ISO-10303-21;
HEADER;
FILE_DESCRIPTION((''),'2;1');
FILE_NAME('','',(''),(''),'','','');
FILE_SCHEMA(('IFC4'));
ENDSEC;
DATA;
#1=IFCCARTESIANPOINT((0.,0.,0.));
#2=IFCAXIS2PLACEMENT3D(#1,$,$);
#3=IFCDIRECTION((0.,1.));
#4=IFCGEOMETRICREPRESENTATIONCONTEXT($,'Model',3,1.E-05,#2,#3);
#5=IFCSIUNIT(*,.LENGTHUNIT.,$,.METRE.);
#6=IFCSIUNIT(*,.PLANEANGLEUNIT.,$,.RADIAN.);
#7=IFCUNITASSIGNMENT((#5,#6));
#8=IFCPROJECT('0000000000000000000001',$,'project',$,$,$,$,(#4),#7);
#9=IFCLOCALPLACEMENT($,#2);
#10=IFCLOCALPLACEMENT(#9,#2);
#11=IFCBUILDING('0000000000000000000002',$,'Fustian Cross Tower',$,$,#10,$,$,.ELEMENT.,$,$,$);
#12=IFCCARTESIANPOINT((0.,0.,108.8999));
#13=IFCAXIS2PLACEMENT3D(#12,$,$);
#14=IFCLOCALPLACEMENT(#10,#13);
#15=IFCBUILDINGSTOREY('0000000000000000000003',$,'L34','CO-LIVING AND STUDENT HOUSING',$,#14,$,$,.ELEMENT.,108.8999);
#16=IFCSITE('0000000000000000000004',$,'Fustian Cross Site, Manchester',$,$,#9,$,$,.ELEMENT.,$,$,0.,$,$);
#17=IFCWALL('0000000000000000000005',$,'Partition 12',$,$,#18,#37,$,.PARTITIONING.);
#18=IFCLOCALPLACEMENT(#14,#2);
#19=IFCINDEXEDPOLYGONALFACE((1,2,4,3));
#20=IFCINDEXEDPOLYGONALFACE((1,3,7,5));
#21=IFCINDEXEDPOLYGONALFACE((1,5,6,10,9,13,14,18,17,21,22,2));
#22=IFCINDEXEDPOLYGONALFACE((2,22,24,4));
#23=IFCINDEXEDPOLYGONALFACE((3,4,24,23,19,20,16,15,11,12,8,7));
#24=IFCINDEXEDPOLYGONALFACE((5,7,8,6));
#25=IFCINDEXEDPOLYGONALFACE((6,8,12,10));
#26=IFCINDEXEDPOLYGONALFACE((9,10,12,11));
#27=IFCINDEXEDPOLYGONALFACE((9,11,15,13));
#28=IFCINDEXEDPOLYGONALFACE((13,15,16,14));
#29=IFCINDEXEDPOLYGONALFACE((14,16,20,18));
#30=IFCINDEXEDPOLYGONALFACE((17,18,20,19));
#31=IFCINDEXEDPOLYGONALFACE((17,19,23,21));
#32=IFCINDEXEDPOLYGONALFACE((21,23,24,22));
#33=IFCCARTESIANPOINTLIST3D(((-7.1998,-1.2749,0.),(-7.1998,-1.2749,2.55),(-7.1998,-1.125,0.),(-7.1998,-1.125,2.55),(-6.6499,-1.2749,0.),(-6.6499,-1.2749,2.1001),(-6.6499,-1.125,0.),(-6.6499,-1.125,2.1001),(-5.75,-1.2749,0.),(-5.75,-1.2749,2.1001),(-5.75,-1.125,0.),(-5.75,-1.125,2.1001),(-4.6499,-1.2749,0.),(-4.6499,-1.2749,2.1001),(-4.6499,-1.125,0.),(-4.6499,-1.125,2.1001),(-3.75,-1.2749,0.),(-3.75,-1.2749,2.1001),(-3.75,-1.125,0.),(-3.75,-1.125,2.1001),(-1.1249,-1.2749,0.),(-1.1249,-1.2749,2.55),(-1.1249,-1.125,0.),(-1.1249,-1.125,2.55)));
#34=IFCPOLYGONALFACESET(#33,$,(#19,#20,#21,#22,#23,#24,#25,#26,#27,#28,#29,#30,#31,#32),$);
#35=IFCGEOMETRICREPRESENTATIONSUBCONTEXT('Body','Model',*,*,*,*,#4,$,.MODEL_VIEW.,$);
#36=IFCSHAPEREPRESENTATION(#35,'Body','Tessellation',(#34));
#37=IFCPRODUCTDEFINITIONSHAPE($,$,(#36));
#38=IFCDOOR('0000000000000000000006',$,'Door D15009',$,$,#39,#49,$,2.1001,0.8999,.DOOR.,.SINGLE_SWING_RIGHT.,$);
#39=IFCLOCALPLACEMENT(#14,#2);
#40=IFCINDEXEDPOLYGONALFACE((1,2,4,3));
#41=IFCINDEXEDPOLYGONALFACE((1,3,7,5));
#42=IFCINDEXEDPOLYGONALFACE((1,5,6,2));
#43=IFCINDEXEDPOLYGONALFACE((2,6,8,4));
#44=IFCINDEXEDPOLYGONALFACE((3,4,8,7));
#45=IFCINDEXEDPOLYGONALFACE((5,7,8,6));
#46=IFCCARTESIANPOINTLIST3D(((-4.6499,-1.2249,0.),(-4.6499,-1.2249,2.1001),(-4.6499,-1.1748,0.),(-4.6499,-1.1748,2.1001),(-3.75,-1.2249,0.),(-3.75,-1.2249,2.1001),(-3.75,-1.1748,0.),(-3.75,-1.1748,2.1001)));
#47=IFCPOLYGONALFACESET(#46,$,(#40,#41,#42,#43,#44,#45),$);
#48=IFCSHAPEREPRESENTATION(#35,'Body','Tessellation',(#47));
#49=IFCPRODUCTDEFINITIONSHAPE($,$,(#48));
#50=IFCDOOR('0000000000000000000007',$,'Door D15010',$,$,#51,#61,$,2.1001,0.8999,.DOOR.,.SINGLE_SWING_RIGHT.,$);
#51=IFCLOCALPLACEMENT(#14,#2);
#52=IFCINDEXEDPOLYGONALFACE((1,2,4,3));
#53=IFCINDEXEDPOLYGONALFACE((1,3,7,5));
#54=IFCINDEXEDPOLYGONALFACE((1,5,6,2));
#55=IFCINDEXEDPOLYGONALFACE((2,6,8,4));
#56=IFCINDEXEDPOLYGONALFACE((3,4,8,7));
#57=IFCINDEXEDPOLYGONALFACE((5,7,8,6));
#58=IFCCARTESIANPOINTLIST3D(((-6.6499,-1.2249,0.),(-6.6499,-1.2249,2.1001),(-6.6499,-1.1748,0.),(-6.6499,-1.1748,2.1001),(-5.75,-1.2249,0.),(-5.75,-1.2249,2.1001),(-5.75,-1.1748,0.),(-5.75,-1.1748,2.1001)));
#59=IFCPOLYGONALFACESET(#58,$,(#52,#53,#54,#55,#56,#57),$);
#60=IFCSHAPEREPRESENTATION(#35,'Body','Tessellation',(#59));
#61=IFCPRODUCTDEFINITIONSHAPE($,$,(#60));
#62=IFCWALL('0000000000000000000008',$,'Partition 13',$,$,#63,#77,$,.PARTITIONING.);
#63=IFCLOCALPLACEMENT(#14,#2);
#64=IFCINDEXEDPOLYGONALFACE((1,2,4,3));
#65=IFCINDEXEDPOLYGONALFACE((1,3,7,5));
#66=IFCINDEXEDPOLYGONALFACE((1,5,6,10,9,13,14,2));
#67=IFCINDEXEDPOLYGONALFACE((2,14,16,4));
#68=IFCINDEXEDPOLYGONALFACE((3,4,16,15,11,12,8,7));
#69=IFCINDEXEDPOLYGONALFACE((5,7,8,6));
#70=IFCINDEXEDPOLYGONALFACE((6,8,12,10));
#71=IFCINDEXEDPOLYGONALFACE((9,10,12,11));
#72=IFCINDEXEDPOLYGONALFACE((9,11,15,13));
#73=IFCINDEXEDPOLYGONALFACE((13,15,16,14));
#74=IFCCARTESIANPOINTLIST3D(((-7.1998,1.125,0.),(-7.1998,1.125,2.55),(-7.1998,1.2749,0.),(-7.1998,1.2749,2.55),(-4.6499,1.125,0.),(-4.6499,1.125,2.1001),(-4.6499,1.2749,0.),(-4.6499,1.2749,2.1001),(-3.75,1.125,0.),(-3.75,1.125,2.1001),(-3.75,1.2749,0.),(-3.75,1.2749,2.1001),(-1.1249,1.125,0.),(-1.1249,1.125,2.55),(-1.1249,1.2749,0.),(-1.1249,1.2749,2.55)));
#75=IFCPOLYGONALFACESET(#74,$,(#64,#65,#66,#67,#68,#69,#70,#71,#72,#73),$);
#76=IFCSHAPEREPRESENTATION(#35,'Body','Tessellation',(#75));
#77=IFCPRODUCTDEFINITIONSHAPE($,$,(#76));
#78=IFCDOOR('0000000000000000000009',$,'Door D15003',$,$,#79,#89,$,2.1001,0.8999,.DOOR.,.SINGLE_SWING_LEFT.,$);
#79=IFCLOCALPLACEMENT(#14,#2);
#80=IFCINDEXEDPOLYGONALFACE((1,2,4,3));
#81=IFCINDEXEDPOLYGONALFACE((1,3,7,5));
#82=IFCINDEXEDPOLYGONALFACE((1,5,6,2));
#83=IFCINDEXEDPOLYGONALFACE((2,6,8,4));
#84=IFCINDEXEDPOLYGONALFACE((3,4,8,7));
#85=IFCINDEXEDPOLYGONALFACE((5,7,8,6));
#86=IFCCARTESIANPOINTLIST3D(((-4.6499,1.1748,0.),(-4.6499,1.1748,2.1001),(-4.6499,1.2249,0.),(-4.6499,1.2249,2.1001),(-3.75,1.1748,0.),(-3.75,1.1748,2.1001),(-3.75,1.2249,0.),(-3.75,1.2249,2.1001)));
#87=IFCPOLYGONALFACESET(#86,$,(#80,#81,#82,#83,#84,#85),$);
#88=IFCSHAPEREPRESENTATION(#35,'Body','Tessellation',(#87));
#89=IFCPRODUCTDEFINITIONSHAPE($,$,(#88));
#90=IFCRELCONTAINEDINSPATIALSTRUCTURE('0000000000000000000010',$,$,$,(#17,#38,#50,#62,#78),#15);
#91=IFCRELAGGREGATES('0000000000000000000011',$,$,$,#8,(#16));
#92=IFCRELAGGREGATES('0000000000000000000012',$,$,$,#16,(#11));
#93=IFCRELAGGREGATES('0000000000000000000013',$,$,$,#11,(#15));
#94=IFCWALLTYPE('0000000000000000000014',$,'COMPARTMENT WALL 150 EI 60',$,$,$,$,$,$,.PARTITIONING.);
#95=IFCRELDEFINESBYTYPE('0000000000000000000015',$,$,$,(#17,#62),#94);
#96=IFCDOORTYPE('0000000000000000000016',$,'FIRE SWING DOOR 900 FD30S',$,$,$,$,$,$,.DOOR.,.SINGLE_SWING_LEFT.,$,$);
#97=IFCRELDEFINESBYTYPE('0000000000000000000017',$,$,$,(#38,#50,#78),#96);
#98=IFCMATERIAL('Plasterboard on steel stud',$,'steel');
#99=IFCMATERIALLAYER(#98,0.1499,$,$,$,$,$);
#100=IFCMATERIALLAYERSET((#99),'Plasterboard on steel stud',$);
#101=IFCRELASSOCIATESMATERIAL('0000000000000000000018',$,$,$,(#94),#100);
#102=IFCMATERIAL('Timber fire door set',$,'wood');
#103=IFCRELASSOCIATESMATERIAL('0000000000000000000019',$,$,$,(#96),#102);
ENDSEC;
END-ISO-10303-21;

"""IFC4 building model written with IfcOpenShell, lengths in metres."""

from ifc_helpers import new_model, si_unit, direction, frame, frame_2d, origin, place, context, subcontext, project, spatial, rectangle, extrude, material, layer, layer_set, type_object, element, fill, save


model = new_model("IFC4")

# Units and contexts
model_context = context("Model", 3, precision=1e-05, world=origin(), true_north=direction((0.0, 1.0)))
body_context = subcontext(model_context, "Body", "Model", "MODEL_VIEW")
ifc_project = project(units=[si_unit("LENGTHUNIT", "METRE"), si_unit("PLANEANGLEUNIT", "RADIAN")], contexts=[model_context])

# Site, building, storey
site_placement = place(None, origin())
site = spatial("IfcSite", under=ifc_project, at=site_placement, Name="Fustian Cross Site, Manchester", CompositionType="ELEMENT", RefElevation=0.0)
building_placement = place(site_placement, origin())
building = spatial("IfcBuilding", under=site, at=building_placement, Name="Fustian Cross Tower", CompositionType="ELEMENT")
storey_placement = place(building_placement, frame((0.0, 0.0, 108.8999)))
storey = spatial("IfcBuildingStorey", under=building, at=storey_placement, Name="L34", Description="CO-LIVING AND STUDENT HOUSING", CompositionType="ELEMENT", Elevation=108.8999)

# Wall, openings, doors
ifc_material_1 = material(Name="Plasterboard on steel stud", Category="steel")
ifc_layer_1 = layer(ifc_material_1, 0.1499)
ifc_layer_set_1 = layer_set([ifc_layer_1], Name="Plasterboard on steel stud")
wall_type_1 = type_object("IfcWallType", Name="COMPARTMENT WALL 150 EI 60", PredefinedType="PARTITIONING", material=ifc_layer_set_1)
wall_1_placement = place(storey_placement, frame((-7.2, -1.2, 0.0), z_axis=(0.0, 0.0, 1.0), x_axis=(1.0, 0.0, 0.0)))
wall_1 = element("IfcWall", 1, at=wall_1_placement, inside=storey, type_object=wall_type_1, Name="Partition 12", PredefinedType="PARTITIONING", context=body_context, shape_type="SweptSolid", body=[
    extrude(rectangle(XDim=6.075, YDim=0.1499, at=frame_2d((3.0376, 0.0))), origin(), (0.0, 0.0, 1.0), 2.55),
])
opening_1_placement = place(wall_1_placement, frame((2.55, 0.0, 0.0)))
opening_1 = element("IfcOpeningElement", 2, at=opening_1_placement, cuts=wall_1, PredefinedType="OPENING", context=body_context, shape_type="SweptSolid", body=[
    extrude(rectangle(XDim=0.8999, YDim=2.1001, at=frame_2d((0.45, 1.05))), frame((0.0, 0.085, 0.0), z_axis=(0.0, -1.0, 0.0), x_axis=(1.0, 0.0, 0.0)), (0.0, 0.0, 1.0), 0.1699),
])
opening_2_placement = place(wall_1_placement, frame((0.55, 0.0, 0.0)))
opening_2 = element("IfcOpeningElement", 3, at=opening_2_placement, cuts=wall_1, PredefinedType="OPENING", context=body_context, shape_type="SweptSolid", body=[
    extrude(rectangle(XDim=0.8999, YDim=2.1001, at=frame_2d((0.45, 1.05))), frame((0.0, 0.085, 0.0), z_axis=(0.0, -1.0, 0.0), x_axis=(1.0, 0.0, 0.0)), (0.0, 0.0, 1.0), 0.1699),
])
ifc_material_2 = material(Name="Timber fire door set", Category="wood")
door_type_1 = type_object("IfcDoorType", Name="FIRE SWING DOOR 900 FD30S", OperationType="SINGLE_SWING_LEFT", PredefinedType="DOOR", material=ifc_material_2)
door_1_placement = place(opening_1_placement, frame((0.8999, 0.0, 0.0), z_axis=(0.0, 0.0, 1.0), x_axis=(-1.0, 0.0, 0.0)))
door_1 = element("IfcDoor", 4, at=door_1_placement, inside=storey, type_object=door_type_1, Name="Door D15009", OperationType="SINGLE_SWING_RIGHT", OverallHeight=2.1001, OverallWidth=0.8999, PredefinedType="DOOR", context=body_context, shape_type="SweptSolid", body=[
    extrude(rectangle(XDim=0.8999, YDim=2.1001, at=frame_2d((0.45, 1.05))), frame((0.0, 0.0249, 0.0), z_axis=(0.0, -1.0, 0.0), x_axis=(1.0, 0.0, 0.0)), (0.0, 0.0, 1.0), 0.05),
])
fill(opening_1, door_1)
door_2_placement = place(opening_2_placement, frame((0.8999, 0.0, 0.0), z_axis=(0.0, 0.0, 1.0), x_axis=(-1.0, 0.0, 0.0)))
door_2 = element("IfcDoor", 5, at=door_2_placement, inside=storey, type_object=door_type_1, Name="Door D15010", OperationType="SINGLE_SWING_RIGHT", OverallHeight=2.1001, OverallWidth=0.8999, PredefinedType="DOOR", context=body_context, shape_type="SweptSolid", body=[
    extrude(rectangle(XDim=0.8999, YDim=2.1001, at=frame_2d((0.45, 1.05))), frame((0.0, 0.0249, 0.0), z_axis=(0.0, -1.0, 0.0), x_axis=(1.0, 0.0, 0.0)), (0.0, 0.0, 1.0), 0.05),
])
fill(opening_2, door_2)

# Wall, opening, door
wall_2_placement = place(storey_placement, frame((-7.2, 1.2, 0.0), z_axis=(0.0, 0.0, 1.0), x_axis=(1.0, 0.0, 0.0)))
wall_2 = element("IfcWall", 6, at=wall_2_placement, inside=storey, type_object=wall_type_1, Name="Partition 13", PredefinedType="PARTITIONING", context=body_context, shape_type="SweptSolid", body=[
    extrude(rectangle(XDim=6.075, YDim=0.1499, at=frame_2d((3.0376, 0.0))), origin(), (0.0, 0.0, 1.0), 2.55),
])
opening_3_placement = place(wall_2_placement, frame((2.55, 0.0, 0.0)))
opening_3 = element("IfcOpeningElement", 7, at=opening_3_placement, cuts=wall_2, PredefinedType="OPENING", context=body_context, shape_type="SweptSolid", body=[
    extrude(rectangle(XDim=0.8999, YDim=2.1001, at=frame_2d((0.45, 1.05))), frame((0.0, 0.085, 0.0), z_axis=(0.0, -1.0, 0.0), x_axis=(1.0, 0.0, 0.0)), (0.0, 0.0, 1.0), 0.1699),
])
door_3_placement = place(opening_3_placement, origin())
door_3 = element("IfcDoor", 8, at=door_3_placement, inside=storey, type_object=door_type_1, Name="Door D15003", OperationType="SINGLE_SWING_LEFT", OverallHeight=2.1001, OverallWidth=0.8999, PredefinedType="DOOR", context=body_context, shape_type="SweptSolid", body=[
    extrude(rectangle(XDim=0.8999, YDim=2.1001, at=frame_2d((0.45, 1.05))), frame((0.0, 0.0249, 0.0), z_axis=(0.0, -1.0, 0.0), x_axis=(1.0, 0.0, 0.0)), (0.0, 0.0, 1.0), 0.05),
])
fill(opening_3, door_3)

save(model, "model.ifc")
